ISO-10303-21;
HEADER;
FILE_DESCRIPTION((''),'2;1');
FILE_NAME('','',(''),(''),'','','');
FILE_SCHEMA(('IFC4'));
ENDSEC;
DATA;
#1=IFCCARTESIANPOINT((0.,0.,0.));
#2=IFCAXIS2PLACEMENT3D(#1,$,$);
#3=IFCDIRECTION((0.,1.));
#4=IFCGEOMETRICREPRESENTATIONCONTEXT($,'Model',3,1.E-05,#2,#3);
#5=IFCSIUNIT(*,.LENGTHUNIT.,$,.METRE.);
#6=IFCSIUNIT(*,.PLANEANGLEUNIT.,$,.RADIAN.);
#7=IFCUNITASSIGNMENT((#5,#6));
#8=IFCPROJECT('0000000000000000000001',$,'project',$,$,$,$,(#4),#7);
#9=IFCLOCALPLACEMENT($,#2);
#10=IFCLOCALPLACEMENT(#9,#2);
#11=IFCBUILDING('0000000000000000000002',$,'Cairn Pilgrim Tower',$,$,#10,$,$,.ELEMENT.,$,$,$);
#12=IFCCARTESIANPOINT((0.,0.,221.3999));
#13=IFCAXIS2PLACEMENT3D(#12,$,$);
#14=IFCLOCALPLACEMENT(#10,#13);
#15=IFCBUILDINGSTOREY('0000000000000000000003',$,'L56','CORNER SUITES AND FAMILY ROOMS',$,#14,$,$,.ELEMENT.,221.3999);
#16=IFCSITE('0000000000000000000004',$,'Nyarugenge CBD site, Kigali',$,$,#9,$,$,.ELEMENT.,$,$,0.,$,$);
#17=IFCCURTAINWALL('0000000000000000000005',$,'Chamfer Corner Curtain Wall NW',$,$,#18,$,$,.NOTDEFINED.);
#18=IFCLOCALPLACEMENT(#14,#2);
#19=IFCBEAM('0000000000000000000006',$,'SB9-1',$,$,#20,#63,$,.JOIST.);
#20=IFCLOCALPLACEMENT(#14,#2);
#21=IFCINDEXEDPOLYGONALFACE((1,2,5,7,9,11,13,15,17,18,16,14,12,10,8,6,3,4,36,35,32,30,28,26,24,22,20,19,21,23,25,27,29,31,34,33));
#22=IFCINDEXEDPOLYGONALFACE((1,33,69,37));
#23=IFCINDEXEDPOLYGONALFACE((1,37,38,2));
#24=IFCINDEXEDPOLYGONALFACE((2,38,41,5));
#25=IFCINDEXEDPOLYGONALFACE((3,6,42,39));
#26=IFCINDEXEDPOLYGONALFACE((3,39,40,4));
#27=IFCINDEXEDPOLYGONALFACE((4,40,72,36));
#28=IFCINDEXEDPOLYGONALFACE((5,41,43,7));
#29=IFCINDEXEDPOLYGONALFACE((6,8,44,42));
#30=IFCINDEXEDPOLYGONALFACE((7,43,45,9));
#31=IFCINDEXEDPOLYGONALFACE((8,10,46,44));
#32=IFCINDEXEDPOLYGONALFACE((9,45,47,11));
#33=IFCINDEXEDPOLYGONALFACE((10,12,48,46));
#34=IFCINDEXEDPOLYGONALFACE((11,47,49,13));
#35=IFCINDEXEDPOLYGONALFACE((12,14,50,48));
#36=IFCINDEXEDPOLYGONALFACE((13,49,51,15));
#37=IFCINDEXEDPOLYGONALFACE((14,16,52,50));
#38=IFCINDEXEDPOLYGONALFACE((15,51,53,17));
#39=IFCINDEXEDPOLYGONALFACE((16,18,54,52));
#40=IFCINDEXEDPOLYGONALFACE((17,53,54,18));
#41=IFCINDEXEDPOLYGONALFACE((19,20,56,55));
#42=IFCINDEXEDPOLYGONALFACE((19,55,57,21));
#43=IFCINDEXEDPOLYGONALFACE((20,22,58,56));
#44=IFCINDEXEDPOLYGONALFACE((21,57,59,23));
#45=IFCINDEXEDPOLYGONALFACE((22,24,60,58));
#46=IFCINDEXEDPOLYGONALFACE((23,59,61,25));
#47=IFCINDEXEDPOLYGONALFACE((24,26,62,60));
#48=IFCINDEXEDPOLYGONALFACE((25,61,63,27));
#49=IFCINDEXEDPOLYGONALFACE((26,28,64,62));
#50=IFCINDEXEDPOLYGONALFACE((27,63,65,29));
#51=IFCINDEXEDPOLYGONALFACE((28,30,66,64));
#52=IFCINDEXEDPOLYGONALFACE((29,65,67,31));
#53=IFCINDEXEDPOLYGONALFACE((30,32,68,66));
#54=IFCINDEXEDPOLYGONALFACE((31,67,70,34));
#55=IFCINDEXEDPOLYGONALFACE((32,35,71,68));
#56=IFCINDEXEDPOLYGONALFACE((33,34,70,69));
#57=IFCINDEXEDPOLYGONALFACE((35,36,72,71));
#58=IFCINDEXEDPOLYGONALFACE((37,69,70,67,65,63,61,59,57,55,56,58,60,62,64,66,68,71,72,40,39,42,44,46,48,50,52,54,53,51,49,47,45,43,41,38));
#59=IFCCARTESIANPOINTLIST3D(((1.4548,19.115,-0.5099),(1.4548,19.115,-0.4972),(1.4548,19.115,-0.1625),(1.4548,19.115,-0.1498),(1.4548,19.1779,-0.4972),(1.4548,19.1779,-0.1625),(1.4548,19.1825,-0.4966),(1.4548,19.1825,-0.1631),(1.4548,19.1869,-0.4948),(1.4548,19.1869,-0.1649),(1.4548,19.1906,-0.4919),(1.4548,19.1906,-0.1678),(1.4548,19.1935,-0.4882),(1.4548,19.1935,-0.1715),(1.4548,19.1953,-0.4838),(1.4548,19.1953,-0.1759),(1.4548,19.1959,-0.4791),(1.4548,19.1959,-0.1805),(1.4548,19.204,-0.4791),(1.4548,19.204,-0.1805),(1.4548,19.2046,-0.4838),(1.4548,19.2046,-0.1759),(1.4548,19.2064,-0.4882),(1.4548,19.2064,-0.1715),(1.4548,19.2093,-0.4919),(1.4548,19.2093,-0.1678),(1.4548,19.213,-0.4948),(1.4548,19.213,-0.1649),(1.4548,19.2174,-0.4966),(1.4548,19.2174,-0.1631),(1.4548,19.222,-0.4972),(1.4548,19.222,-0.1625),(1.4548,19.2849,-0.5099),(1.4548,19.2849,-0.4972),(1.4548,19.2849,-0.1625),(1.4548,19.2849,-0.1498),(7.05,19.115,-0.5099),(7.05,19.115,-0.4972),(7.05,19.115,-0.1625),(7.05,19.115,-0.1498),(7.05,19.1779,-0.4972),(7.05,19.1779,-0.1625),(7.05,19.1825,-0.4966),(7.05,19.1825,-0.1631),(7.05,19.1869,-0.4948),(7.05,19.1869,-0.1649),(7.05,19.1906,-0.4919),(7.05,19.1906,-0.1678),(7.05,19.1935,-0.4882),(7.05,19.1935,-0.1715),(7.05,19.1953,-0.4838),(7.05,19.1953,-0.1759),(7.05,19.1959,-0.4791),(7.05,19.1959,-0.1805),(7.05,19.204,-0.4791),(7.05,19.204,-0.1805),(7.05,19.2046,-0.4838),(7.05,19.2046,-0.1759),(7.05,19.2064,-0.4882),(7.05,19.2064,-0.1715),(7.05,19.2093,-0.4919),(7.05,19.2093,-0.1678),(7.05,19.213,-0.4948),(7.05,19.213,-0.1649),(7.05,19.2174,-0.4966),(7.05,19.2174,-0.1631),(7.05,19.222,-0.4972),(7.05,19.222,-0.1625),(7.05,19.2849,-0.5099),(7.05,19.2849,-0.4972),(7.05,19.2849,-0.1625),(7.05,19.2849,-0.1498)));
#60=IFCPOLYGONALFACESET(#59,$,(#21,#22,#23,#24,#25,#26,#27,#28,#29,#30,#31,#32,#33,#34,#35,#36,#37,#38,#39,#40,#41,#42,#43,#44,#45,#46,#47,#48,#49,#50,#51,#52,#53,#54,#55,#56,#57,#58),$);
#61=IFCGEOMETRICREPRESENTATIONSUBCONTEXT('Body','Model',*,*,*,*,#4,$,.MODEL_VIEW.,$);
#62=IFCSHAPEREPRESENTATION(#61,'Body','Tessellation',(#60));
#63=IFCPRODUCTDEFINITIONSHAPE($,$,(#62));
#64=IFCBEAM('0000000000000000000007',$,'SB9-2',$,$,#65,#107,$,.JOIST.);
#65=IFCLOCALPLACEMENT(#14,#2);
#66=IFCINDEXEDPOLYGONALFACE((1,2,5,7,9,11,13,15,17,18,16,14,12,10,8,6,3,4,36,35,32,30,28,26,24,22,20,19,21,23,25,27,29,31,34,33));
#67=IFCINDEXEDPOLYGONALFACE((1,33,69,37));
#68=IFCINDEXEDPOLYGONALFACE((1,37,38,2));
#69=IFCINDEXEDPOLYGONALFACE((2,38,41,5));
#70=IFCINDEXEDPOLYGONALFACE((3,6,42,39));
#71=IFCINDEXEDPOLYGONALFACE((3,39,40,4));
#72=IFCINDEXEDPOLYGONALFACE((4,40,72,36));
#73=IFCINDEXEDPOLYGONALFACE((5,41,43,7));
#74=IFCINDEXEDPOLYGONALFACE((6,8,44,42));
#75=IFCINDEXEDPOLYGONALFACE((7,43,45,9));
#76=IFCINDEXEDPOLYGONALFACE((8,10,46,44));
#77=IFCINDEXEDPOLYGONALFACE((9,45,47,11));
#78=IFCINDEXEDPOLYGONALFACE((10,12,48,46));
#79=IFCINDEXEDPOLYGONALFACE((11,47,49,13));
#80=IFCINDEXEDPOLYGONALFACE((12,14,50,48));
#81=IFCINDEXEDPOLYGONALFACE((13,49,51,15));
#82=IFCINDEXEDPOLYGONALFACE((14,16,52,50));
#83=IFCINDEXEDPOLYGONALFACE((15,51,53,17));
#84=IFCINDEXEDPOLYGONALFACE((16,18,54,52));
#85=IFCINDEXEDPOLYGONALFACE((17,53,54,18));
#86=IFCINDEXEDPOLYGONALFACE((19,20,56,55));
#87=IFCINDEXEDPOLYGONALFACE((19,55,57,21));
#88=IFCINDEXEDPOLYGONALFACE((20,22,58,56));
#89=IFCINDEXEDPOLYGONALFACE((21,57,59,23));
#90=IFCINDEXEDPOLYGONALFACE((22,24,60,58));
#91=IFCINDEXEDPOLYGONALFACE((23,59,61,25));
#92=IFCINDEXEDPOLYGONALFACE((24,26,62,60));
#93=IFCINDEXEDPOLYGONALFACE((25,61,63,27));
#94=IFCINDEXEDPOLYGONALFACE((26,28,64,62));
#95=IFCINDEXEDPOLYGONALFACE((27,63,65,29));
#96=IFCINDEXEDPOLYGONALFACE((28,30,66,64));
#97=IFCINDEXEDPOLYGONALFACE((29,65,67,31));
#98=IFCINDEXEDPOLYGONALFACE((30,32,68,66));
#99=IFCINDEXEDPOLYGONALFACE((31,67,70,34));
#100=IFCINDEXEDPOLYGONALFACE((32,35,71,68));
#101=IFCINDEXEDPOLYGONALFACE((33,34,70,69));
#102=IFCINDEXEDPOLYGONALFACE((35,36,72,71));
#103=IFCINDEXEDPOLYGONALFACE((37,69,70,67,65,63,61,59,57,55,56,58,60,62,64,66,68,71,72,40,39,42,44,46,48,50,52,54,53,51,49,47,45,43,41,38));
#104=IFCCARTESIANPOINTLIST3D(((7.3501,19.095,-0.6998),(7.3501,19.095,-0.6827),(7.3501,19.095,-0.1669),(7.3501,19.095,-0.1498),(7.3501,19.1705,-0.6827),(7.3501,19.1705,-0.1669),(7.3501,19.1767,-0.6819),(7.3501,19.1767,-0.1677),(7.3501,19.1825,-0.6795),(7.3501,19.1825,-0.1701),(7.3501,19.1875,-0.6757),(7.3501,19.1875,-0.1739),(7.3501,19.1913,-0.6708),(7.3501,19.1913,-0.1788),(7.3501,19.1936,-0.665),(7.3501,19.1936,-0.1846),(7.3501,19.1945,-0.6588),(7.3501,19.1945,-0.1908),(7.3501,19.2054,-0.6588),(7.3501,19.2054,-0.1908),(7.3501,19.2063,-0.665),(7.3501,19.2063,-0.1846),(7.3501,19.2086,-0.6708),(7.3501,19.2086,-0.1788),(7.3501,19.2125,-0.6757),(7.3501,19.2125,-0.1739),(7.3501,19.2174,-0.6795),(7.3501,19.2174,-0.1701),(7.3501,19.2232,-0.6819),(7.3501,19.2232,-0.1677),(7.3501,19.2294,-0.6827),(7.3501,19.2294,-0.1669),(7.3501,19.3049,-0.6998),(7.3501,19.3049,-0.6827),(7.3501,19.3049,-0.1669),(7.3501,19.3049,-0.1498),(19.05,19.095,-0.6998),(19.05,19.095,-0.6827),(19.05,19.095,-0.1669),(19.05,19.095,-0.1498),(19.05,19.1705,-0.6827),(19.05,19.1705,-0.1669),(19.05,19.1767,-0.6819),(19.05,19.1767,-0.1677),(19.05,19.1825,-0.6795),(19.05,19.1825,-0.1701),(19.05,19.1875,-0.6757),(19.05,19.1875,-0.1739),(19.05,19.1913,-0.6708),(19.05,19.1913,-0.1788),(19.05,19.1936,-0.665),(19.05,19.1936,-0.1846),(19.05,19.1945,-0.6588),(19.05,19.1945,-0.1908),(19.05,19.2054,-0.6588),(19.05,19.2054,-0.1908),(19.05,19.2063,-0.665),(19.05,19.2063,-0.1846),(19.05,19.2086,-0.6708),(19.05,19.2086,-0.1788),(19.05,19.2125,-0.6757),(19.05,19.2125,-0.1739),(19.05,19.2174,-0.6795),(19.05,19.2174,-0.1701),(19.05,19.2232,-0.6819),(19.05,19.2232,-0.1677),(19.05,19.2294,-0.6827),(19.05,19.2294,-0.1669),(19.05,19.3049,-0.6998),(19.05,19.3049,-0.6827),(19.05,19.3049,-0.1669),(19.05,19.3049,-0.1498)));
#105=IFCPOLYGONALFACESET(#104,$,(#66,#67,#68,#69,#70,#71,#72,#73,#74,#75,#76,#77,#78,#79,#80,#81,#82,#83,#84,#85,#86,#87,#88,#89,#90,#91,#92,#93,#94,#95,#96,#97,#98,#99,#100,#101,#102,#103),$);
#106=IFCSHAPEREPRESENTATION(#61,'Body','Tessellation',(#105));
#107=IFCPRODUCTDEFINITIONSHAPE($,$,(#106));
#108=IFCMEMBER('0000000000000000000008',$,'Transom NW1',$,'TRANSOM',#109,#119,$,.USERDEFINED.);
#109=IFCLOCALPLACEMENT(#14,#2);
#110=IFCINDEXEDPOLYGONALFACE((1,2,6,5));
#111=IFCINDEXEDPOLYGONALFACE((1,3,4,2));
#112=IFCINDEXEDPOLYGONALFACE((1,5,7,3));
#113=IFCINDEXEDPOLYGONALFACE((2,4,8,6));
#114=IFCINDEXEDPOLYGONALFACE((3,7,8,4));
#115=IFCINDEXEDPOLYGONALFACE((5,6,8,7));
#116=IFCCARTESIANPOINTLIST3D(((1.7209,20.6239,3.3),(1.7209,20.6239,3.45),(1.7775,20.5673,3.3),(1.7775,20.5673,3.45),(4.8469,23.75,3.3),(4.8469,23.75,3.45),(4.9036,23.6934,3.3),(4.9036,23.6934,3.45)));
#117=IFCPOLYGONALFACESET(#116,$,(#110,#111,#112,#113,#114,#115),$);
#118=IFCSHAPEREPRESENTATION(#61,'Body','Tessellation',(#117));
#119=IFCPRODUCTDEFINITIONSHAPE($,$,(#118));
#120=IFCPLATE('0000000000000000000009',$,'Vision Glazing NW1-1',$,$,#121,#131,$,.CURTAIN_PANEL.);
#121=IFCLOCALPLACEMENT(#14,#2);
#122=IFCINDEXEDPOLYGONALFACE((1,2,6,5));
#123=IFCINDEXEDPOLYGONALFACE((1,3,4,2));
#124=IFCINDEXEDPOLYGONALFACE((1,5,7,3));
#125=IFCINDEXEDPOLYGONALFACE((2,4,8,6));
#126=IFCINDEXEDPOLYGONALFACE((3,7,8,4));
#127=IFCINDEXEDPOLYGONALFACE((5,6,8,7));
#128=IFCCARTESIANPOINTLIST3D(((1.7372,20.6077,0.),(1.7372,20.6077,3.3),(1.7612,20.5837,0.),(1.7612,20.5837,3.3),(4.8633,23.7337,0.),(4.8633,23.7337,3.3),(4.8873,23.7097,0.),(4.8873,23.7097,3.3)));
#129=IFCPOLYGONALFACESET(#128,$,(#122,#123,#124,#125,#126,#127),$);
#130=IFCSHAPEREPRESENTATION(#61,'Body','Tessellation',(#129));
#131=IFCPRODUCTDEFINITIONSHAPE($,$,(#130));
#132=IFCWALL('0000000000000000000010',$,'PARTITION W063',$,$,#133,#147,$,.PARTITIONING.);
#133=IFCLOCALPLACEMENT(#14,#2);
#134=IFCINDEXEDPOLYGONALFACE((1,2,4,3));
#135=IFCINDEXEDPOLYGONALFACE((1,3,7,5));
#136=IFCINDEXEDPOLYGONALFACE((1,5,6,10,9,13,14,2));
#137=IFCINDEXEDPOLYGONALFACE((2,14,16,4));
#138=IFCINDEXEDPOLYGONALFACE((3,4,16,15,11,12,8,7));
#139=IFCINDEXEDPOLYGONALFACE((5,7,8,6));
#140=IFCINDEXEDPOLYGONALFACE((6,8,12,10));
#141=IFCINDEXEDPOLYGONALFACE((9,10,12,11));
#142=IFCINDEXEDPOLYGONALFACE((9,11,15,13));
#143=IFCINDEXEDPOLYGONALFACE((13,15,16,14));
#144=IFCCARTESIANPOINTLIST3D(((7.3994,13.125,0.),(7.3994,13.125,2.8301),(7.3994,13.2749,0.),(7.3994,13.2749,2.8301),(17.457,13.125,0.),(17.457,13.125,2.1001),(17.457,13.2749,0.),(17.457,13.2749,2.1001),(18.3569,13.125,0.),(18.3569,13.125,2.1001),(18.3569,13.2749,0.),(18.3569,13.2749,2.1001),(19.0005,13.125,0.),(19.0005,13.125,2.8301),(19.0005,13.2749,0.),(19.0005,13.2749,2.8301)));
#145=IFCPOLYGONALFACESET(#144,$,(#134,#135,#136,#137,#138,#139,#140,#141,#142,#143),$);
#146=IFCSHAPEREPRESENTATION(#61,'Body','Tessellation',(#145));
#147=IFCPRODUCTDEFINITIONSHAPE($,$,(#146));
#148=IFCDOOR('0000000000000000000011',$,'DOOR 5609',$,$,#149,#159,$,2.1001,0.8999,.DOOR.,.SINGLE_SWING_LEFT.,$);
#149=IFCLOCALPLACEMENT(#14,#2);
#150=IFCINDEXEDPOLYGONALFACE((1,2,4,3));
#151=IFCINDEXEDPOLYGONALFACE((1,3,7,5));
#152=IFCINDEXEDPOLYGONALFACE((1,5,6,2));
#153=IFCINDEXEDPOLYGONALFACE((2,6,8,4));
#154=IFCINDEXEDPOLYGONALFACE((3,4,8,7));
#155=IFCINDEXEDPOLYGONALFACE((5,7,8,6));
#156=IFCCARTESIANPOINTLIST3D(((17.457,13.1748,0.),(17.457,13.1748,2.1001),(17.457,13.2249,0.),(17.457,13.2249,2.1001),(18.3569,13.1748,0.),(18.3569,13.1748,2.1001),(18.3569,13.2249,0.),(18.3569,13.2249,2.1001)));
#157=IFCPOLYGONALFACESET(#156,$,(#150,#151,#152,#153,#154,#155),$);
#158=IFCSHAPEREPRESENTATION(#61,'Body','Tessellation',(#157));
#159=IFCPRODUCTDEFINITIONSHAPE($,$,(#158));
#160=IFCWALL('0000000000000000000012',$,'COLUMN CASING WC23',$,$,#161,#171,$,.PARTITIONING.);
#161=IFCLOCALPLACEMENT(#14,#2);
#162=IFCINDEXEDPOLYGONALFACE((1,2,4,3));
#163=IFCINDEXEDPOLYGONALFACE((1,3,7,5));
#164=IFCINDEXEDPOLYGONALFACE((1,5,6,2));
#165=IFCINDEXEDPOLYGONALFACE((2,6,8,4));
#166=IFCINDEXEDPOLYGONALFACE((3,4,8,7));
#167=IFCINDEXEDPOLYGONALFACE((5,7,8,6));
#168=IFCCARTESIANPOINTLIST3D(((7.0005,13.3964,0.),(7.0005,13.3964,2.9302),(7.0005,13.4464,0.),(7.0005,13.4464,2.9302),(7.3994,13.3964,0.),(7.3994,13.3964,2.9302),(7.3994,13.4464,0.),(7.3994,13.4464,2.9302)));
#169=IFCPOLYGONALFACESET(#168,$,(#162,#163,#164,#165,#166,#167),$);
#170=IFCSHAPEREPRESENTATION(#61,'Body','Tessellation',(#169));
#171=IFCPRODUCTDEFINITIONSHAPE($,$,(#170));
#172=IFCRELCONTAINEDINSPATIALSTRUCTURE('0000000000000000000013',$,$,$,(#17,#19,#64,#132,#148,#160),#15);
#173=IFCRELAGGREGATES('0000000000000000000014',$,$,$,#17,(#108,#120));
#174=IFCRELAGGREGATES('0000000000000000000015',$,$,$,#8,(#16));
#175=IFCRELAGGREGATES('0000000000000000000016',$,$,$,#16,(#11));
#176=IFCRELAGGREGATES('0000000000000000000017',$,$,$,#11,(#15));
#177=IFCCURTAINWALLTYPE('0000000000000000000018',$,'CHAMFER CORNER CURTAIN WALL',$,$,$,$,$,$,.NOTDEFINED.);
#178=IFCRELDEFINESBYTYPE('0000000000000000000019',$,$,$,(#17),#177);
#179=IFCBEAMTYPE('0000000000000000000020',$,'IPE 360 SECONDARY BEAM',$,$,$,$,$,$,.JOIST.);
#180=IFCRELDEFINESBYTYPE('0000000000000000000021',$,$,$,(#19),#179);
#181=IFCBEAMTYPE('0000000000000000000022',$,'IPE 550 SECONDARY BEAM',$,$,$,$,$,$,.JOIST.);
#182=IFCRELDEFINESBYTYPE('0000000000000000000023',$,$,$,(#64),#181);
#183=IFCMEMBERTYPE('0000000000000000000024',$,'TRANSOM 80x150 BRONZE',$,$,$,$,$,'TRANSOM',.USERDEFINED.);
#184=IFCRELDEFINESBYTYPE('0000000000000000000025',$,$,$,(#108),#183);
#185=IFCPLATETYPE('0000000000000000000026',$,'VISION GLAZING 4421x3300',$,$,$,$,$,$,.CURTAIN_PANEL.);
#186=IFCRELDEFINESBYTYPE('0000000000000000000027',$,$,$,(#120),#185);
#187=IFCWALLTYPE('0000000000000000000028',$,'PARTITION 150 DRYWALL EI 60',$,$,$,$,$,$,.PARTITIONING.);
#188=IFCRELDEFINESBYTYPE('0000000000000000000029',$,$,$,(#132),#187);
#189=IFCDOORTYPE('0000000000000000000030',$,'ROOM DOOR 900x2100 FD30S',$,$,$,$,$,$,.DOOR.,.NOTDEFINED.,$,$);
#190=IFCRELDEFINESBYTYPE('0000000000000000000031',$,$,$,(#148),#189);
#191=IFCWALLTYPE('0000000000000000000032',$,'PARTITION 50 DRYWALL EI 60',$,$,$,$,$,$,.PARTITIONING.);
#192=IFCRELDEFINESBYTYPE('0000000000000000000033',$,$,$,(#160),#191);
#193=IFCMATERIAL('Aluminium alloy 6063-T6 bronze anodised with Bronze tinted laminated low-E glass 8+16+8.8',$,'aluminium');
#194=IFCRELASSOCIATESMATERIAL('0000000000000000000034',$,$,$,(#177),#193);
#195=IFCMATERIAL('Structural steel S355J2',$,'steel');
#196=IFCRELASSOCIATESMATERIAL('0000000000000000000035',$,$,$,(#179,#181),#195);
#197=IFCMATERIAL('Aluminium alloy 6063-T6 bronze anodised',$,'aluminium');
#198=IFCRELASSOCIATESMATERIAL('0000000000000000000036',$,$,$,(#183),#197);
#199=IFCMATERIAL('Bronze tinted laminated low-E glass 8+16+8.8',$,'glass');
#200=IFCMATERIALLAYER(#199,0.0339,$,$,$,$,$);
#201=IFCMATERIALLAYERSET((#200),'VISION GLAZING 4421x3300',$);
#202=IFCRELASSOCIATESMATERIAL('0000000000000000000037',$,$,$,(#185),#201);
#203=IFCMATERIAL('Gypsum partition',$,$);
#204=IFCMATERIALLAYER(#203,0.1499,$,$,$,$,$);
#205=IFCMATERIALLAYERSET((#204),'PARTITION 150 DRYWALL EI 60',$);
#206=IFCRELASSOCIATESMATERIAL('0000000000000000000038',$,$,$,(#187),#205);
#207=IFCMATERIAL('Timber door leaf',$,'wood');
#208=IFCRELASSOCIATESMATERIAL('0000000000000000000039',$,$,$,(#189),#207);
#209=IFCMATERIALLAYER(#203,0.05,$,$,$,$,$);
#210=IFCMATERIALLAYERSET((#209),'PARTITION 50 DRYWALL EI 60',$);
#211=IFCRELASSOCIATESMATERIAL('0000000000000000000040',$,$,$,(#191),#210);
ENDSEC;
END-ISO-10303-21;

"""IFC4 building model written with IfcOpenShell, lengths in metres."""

from ifc_helpers import new_model, si_unit, direction, frame, frame_2d, origin, origin_2d, place, context, subcontext, project, spatial, rectangle, i_section, extrude, material, layer, layer_set, material_profile, profile_set, type_object, element, fill, aggregate, save


model = new_model("IFC4")

# Units and contexts
model_context = context("Model", 3, precision=1e-05, world=origin(), true_north=direction((0.0, 1.0)))
body_context = subcontext(model_context, "Body", "Model", "MODEL_VIEW")
ifc_project = project(units=[si_unit("LENGTHUNIT", "METRE"), si_unit("PLANEANGLEUNIT", "RADIAN")], contexts=[model_context])

# Site, building, storey
site_placement = place(None, origin())
site = spatial("IfcSite", under=ifc_project, at=site_placement, Name="Nyarugenge CBD site, Kigali", CompositionType="ELEMENT", RefElevation=0.0)
building_placement = place(site_placement, origin())
building = spatial("IfcBuilding", under=site, at=building_placement, Name="Cairn Pilgrim Tower", CompositionType="ELEMENT")
storey_placement = place(building_placement, frame((0.0, 0.0, 221.3999)))
storey = spatial("IfcBuildingStorey", under=building, at=storey_placement, Name="L56", Description="CORNER SUITES AND FAMILY ROOMS", CompositionType="ELEMENT", Elevation=221.3999)

# Shared definitions
ifc_material_1 = material(Name="Structural steel S355J2", Category="steel")

# Shared definitions
ifc_material_2 = material(Name="Aluminium alloy 6063-T6 bronze anodised with Bronze tinted laminated low-E glass 8+16+8.8", Category="aluminium")
ifc_material_3 = material(Name="Aluminium alloy 6063-T6 bronze anodised", Category="aluminium")

# Curtain wall
curtain_wall_type_1 = type_object("IfcCurtainWallType", Name="CHAMFER CORNER CURTAIN WALL", PredefinedType="NOTDEFINED", material=ifc_material_2)
curtain_wall_1_placement = place(storey_placement, origin())
curtain_wall_1 = element("IfcCurtainWall", 1, at=curtain_wall_1_placement, inside=storey, type_object=curtain_wall_type_1, Name="Chamfer Corner Curtain Wall NW", PredefinedType="NOTDEFINED")

# Beams
ifc_material_profile_1 = material_profile(ifc_material_1, i_section(OverallWidth=0.1699, OverallDepth=0.3601, WebThickness=0.0081, FlangeThickness=0.0127, FilletRadius=0.0181, at=origin_2d()), Name="IPE 360")
ifc_profile_set_1 = profile_set([ifc_material_profile_1], Name="Structural steel S355J2")
beam_type_1 = type_object("IfcBeamType", Name="IPE 360 SECONDARY BEAM", PredefinedType="JOIST", material=ifc_profile_set_1)
beam_1_placement = place(storey_placement, frame((1.4548, 19.2, -0.3298), z_axis=(1.0, 0.0, 0.0), x_axis=(0.0, 1.0, 0.0)))
element("IfcBeam", 2, at=beam_1_placement, inside=storey, type_object=beam_type_1, Name="SB9-1", PredefinedType="JOIST", context=body_context, shape_type="SweptSolid", body=[
    extrude(i_section(OverallWidth=0.1699, OverallDepth=0.3601, WebThickness=0.0081, FlangeThickness=0.0127, FilletRadius=0.0181, at=origin_2d()), origin(), (0.0, 0.0, 1.0), 5.5952),
])
ifc_material_profile_2 = material_profile(ifc_material_1, i_section(OverallWidth=0.21, OverallDepth=0.55, WebThickness=0.011, FlangeThickness=0.0171, FilletRadius=0.0239, at=origin_2d()), Name="IPE 550")
ifc_profile_set_2 = profile_set([ifc_material_profile_2], Name="Structural steel S355J2")
beam_type_2 = type_object("IfcBeamType", Name="IPE 550 SECONDARY BEAM", PredefinedType="JOIST", material=ifc_profile_set_2)
beam_2_placement = place(storey_placement, frame((7.3501, 19.2, -0.4248), z_axis=(1.0, 0.0, 0.0), x_axis=(0.0, 1.0, 0.0)))
element("IfcBeam", 3, at=beam_2_placement, inside=storey, type_object=beam_type_2, Name="SB9-2", PredefinedType="JOIST", context=body_context, shape_type="SweptSolid", body=[
    extrude(i_section(OverallWidth=0.21, OverallDepth=0.55, WebThickness=0.011, FlangeThickness=0.0171, FilletRadius=0.0239, at=origin_2d()), origin(), (0.0, 0.0, 1.0), 11.7),
])

# Member
ifc_material_profile_3 = material_profile(ifc_material_3, rectangle(XDim=0.0801, YDim=0.1499, at=origin_2d()), Name="TRANSOM 80x150 BRONZE")
ifc_profile_set_3 = profile_set([ifc_material_profile_3], Name="Aluminium alloy 6063-T6 bronze anodised")
member_type_1 = type_object("IfcMemberType", Name="TRANSOM 80x150 BRONZE", ElementType="TRANSOM", PredefinedType="USERDEFINED", material=ifc_profile_set_3)
member_1_placement = place(storey_placement, frame((4.8752, 23.7217, 3.375), z_axis=(-0.707107, -0.707107, 0.0), x_axis=(0.707107, -0.707107, 0.0)))
member_1 = element("IfcMember", 4, at=member_1_placement, type_object=member_type_1, Name="Transom NW1", ObjectType="TRANSOM", PredefinedType="USERDEFINED", context=body_context, shape_type="SweptSolid", body=[
    extrude(rectangle(XDim=0.0801, YDim=0.1499, at=origin_2d()), origin(), (0.0, 0.0, 1.0), 4.4209),
])

# Plate
ifc_material_4 = material(Name="Bronze tinted laminated low-E glass 8+16+8.8", Category="glass")
ifc_layer_1 = layer(ifc_material_4, 0.0339)
ifc_layer_set_1 = layer_set([ifc_layer_1], Name="VISION GLAZING 4421x3300")
plate_type = type_object("IfcPlateType", Name="VISION GLAZING 4421x3300", PredefinedType="CURTAIN_PANEL", material=ifc_layer_set_1)
plate_placement = place(storey_placement, frame((3.3123, 22.1587, 0.0), z_axis=(0.0, 0.0, 1.0), x_axis=(-0.707107, -0.707107, 0.0)))
plate = element("IfcPlate", 5, at=plate_placement, type_object=plate_type, Name="Vision Glazing NW1-1", PredefinedType="CURTAIN_PANEL", context=body_context, shape_type="SweptSolid", body=[
    extrude(rectangle(XDim=4.4209, YDim=0.0339, at=origin_2d()), origin(), (0.0, 0.0, 1.0), 3.3),
])
aggregate(curtain_wall_1, [member_1, plate])

# Wall, opening, door
ifc_material_5 = material(Name="Gypsum partition")
ifc_layer_2 = layer(ifc_material_5, 0.1499)
ifc_layer_set_2 = layer_set([ifc_layer_2], Name="PARTITION 150 DRYWALL EI 60")
wall_type_1 = type_object("IfcWallType", Name="PARTITION 150 DRYWALL EI 60", PredefinedType="PARTITIONING", material=ifc_layer_set_2)
wall_1_placement = place(storey_placement, frame((7.3994, 13.2, 0.0), z_axis=(0.0, 0.0, 1.0), x_axis=(1.0, 0.0, 0.0)))
wall_1 = element("IfcWall", 6, at=wall_1_placement, inside=storey, type_object=wall_type_1, Name="PARTITION W063", PredefinedType="PARTITIONING", context=body_context, shape_type="SweptSolid", body=[
    extrude(rectangle(XDim=11.6011, YDim=0.1499, at=frame_2d((5.8005, 0.0))), origin(), (0.0, 0.0, 1.0), 2.8301),
])
opening_1_placement = place(wall_1_placement, frame((10.0576, 0.0, 0.0)))
opening_1 = element("IfcOpeningElement", 7, at=opening_1_placement, cuts=wall_1, PredefinedType="OPENING", context=body_context, shape_type="SweptSolid", body=[
    extrude(rectangle(XDim=0.8999, YDim=2.1001, at=frame_2d((0.45, 1.05))), frame((0.0, 0.085, 0.0), z_axis=(0.0, -1.0, 0.0), x_axis=(1.0, 0.0, 0.0)), (0.0, 0.0, 1.0), 0.1699),
])
ifc_material_6 = material(Name="Timber door leaf", Category="wood")
door_type_1 = type_object("IfcDoorType", Name="ROOM DOOR 900x2100 FD30S", OperationType="NOTDEFINED", PredefinedType="DOOR", material=ifc_material_6)
door_1_placement = place(opening_1_placement, origin())
door_1 = element("IfcDoor", 8, at=door_1_placement, inside=storey, type_object=door_type_1, Name="DOOR 5609", OperationType="SINGLE_SWING_LEFT", OverallHeight=2.1001, OverallWidth=0.8999, PredefinedType="DOOR", context=body_context, shape_type="SweptSolid", body=[
    extrude(rectangle(XDim=0.8999, YDim=2.1001, at=frame_2d((0.45, 1.05))), frame((0.0, 0.0249, 0.0), z_axis=(0.0, -1.0, 0.0), x_axis=(1.0, 0.0, 0.0)), (0.0, 0.0, 1.0), 0.05),
])
fill(opening_1, door_1)

# Wall
ifc_layer_3 = layer(ifc_material_5, 0.05)
ifc_layer_set_3 = layer_set([ifc_layer_3], Name="PARTITION 50 DRYWALL EI 60")
wall_type_2 = type_object("IfcWallType", Name="PARTITION 50 DRYWALL EI 60", PredefinedType="PARTITIONING", material=ifc_layer_set_3)
wall_2_placement = place(storey_placement, frame((7.0005, 13.4214, 0.0), z_axis=(0.0, 0.0, 1.0), x_axis=(1.0, 0.0, 0.0)))
element("IfcWall", 9, at=wall_2_placement, inside=storey, type_object=wall_type_2, Name="COLUMN CASING WC23", PredefinedType="PARTITIONING", context=body_context, shape_type="SweptSolid", body=[
    extrude(rectangle(XDim=0.3989, YDim=0.05, at=frame_2d((0.1995, 0.0))), origin(), (0.0, 0.0, 1.0), 2.9302),
])

save(model, "model.ifc")
